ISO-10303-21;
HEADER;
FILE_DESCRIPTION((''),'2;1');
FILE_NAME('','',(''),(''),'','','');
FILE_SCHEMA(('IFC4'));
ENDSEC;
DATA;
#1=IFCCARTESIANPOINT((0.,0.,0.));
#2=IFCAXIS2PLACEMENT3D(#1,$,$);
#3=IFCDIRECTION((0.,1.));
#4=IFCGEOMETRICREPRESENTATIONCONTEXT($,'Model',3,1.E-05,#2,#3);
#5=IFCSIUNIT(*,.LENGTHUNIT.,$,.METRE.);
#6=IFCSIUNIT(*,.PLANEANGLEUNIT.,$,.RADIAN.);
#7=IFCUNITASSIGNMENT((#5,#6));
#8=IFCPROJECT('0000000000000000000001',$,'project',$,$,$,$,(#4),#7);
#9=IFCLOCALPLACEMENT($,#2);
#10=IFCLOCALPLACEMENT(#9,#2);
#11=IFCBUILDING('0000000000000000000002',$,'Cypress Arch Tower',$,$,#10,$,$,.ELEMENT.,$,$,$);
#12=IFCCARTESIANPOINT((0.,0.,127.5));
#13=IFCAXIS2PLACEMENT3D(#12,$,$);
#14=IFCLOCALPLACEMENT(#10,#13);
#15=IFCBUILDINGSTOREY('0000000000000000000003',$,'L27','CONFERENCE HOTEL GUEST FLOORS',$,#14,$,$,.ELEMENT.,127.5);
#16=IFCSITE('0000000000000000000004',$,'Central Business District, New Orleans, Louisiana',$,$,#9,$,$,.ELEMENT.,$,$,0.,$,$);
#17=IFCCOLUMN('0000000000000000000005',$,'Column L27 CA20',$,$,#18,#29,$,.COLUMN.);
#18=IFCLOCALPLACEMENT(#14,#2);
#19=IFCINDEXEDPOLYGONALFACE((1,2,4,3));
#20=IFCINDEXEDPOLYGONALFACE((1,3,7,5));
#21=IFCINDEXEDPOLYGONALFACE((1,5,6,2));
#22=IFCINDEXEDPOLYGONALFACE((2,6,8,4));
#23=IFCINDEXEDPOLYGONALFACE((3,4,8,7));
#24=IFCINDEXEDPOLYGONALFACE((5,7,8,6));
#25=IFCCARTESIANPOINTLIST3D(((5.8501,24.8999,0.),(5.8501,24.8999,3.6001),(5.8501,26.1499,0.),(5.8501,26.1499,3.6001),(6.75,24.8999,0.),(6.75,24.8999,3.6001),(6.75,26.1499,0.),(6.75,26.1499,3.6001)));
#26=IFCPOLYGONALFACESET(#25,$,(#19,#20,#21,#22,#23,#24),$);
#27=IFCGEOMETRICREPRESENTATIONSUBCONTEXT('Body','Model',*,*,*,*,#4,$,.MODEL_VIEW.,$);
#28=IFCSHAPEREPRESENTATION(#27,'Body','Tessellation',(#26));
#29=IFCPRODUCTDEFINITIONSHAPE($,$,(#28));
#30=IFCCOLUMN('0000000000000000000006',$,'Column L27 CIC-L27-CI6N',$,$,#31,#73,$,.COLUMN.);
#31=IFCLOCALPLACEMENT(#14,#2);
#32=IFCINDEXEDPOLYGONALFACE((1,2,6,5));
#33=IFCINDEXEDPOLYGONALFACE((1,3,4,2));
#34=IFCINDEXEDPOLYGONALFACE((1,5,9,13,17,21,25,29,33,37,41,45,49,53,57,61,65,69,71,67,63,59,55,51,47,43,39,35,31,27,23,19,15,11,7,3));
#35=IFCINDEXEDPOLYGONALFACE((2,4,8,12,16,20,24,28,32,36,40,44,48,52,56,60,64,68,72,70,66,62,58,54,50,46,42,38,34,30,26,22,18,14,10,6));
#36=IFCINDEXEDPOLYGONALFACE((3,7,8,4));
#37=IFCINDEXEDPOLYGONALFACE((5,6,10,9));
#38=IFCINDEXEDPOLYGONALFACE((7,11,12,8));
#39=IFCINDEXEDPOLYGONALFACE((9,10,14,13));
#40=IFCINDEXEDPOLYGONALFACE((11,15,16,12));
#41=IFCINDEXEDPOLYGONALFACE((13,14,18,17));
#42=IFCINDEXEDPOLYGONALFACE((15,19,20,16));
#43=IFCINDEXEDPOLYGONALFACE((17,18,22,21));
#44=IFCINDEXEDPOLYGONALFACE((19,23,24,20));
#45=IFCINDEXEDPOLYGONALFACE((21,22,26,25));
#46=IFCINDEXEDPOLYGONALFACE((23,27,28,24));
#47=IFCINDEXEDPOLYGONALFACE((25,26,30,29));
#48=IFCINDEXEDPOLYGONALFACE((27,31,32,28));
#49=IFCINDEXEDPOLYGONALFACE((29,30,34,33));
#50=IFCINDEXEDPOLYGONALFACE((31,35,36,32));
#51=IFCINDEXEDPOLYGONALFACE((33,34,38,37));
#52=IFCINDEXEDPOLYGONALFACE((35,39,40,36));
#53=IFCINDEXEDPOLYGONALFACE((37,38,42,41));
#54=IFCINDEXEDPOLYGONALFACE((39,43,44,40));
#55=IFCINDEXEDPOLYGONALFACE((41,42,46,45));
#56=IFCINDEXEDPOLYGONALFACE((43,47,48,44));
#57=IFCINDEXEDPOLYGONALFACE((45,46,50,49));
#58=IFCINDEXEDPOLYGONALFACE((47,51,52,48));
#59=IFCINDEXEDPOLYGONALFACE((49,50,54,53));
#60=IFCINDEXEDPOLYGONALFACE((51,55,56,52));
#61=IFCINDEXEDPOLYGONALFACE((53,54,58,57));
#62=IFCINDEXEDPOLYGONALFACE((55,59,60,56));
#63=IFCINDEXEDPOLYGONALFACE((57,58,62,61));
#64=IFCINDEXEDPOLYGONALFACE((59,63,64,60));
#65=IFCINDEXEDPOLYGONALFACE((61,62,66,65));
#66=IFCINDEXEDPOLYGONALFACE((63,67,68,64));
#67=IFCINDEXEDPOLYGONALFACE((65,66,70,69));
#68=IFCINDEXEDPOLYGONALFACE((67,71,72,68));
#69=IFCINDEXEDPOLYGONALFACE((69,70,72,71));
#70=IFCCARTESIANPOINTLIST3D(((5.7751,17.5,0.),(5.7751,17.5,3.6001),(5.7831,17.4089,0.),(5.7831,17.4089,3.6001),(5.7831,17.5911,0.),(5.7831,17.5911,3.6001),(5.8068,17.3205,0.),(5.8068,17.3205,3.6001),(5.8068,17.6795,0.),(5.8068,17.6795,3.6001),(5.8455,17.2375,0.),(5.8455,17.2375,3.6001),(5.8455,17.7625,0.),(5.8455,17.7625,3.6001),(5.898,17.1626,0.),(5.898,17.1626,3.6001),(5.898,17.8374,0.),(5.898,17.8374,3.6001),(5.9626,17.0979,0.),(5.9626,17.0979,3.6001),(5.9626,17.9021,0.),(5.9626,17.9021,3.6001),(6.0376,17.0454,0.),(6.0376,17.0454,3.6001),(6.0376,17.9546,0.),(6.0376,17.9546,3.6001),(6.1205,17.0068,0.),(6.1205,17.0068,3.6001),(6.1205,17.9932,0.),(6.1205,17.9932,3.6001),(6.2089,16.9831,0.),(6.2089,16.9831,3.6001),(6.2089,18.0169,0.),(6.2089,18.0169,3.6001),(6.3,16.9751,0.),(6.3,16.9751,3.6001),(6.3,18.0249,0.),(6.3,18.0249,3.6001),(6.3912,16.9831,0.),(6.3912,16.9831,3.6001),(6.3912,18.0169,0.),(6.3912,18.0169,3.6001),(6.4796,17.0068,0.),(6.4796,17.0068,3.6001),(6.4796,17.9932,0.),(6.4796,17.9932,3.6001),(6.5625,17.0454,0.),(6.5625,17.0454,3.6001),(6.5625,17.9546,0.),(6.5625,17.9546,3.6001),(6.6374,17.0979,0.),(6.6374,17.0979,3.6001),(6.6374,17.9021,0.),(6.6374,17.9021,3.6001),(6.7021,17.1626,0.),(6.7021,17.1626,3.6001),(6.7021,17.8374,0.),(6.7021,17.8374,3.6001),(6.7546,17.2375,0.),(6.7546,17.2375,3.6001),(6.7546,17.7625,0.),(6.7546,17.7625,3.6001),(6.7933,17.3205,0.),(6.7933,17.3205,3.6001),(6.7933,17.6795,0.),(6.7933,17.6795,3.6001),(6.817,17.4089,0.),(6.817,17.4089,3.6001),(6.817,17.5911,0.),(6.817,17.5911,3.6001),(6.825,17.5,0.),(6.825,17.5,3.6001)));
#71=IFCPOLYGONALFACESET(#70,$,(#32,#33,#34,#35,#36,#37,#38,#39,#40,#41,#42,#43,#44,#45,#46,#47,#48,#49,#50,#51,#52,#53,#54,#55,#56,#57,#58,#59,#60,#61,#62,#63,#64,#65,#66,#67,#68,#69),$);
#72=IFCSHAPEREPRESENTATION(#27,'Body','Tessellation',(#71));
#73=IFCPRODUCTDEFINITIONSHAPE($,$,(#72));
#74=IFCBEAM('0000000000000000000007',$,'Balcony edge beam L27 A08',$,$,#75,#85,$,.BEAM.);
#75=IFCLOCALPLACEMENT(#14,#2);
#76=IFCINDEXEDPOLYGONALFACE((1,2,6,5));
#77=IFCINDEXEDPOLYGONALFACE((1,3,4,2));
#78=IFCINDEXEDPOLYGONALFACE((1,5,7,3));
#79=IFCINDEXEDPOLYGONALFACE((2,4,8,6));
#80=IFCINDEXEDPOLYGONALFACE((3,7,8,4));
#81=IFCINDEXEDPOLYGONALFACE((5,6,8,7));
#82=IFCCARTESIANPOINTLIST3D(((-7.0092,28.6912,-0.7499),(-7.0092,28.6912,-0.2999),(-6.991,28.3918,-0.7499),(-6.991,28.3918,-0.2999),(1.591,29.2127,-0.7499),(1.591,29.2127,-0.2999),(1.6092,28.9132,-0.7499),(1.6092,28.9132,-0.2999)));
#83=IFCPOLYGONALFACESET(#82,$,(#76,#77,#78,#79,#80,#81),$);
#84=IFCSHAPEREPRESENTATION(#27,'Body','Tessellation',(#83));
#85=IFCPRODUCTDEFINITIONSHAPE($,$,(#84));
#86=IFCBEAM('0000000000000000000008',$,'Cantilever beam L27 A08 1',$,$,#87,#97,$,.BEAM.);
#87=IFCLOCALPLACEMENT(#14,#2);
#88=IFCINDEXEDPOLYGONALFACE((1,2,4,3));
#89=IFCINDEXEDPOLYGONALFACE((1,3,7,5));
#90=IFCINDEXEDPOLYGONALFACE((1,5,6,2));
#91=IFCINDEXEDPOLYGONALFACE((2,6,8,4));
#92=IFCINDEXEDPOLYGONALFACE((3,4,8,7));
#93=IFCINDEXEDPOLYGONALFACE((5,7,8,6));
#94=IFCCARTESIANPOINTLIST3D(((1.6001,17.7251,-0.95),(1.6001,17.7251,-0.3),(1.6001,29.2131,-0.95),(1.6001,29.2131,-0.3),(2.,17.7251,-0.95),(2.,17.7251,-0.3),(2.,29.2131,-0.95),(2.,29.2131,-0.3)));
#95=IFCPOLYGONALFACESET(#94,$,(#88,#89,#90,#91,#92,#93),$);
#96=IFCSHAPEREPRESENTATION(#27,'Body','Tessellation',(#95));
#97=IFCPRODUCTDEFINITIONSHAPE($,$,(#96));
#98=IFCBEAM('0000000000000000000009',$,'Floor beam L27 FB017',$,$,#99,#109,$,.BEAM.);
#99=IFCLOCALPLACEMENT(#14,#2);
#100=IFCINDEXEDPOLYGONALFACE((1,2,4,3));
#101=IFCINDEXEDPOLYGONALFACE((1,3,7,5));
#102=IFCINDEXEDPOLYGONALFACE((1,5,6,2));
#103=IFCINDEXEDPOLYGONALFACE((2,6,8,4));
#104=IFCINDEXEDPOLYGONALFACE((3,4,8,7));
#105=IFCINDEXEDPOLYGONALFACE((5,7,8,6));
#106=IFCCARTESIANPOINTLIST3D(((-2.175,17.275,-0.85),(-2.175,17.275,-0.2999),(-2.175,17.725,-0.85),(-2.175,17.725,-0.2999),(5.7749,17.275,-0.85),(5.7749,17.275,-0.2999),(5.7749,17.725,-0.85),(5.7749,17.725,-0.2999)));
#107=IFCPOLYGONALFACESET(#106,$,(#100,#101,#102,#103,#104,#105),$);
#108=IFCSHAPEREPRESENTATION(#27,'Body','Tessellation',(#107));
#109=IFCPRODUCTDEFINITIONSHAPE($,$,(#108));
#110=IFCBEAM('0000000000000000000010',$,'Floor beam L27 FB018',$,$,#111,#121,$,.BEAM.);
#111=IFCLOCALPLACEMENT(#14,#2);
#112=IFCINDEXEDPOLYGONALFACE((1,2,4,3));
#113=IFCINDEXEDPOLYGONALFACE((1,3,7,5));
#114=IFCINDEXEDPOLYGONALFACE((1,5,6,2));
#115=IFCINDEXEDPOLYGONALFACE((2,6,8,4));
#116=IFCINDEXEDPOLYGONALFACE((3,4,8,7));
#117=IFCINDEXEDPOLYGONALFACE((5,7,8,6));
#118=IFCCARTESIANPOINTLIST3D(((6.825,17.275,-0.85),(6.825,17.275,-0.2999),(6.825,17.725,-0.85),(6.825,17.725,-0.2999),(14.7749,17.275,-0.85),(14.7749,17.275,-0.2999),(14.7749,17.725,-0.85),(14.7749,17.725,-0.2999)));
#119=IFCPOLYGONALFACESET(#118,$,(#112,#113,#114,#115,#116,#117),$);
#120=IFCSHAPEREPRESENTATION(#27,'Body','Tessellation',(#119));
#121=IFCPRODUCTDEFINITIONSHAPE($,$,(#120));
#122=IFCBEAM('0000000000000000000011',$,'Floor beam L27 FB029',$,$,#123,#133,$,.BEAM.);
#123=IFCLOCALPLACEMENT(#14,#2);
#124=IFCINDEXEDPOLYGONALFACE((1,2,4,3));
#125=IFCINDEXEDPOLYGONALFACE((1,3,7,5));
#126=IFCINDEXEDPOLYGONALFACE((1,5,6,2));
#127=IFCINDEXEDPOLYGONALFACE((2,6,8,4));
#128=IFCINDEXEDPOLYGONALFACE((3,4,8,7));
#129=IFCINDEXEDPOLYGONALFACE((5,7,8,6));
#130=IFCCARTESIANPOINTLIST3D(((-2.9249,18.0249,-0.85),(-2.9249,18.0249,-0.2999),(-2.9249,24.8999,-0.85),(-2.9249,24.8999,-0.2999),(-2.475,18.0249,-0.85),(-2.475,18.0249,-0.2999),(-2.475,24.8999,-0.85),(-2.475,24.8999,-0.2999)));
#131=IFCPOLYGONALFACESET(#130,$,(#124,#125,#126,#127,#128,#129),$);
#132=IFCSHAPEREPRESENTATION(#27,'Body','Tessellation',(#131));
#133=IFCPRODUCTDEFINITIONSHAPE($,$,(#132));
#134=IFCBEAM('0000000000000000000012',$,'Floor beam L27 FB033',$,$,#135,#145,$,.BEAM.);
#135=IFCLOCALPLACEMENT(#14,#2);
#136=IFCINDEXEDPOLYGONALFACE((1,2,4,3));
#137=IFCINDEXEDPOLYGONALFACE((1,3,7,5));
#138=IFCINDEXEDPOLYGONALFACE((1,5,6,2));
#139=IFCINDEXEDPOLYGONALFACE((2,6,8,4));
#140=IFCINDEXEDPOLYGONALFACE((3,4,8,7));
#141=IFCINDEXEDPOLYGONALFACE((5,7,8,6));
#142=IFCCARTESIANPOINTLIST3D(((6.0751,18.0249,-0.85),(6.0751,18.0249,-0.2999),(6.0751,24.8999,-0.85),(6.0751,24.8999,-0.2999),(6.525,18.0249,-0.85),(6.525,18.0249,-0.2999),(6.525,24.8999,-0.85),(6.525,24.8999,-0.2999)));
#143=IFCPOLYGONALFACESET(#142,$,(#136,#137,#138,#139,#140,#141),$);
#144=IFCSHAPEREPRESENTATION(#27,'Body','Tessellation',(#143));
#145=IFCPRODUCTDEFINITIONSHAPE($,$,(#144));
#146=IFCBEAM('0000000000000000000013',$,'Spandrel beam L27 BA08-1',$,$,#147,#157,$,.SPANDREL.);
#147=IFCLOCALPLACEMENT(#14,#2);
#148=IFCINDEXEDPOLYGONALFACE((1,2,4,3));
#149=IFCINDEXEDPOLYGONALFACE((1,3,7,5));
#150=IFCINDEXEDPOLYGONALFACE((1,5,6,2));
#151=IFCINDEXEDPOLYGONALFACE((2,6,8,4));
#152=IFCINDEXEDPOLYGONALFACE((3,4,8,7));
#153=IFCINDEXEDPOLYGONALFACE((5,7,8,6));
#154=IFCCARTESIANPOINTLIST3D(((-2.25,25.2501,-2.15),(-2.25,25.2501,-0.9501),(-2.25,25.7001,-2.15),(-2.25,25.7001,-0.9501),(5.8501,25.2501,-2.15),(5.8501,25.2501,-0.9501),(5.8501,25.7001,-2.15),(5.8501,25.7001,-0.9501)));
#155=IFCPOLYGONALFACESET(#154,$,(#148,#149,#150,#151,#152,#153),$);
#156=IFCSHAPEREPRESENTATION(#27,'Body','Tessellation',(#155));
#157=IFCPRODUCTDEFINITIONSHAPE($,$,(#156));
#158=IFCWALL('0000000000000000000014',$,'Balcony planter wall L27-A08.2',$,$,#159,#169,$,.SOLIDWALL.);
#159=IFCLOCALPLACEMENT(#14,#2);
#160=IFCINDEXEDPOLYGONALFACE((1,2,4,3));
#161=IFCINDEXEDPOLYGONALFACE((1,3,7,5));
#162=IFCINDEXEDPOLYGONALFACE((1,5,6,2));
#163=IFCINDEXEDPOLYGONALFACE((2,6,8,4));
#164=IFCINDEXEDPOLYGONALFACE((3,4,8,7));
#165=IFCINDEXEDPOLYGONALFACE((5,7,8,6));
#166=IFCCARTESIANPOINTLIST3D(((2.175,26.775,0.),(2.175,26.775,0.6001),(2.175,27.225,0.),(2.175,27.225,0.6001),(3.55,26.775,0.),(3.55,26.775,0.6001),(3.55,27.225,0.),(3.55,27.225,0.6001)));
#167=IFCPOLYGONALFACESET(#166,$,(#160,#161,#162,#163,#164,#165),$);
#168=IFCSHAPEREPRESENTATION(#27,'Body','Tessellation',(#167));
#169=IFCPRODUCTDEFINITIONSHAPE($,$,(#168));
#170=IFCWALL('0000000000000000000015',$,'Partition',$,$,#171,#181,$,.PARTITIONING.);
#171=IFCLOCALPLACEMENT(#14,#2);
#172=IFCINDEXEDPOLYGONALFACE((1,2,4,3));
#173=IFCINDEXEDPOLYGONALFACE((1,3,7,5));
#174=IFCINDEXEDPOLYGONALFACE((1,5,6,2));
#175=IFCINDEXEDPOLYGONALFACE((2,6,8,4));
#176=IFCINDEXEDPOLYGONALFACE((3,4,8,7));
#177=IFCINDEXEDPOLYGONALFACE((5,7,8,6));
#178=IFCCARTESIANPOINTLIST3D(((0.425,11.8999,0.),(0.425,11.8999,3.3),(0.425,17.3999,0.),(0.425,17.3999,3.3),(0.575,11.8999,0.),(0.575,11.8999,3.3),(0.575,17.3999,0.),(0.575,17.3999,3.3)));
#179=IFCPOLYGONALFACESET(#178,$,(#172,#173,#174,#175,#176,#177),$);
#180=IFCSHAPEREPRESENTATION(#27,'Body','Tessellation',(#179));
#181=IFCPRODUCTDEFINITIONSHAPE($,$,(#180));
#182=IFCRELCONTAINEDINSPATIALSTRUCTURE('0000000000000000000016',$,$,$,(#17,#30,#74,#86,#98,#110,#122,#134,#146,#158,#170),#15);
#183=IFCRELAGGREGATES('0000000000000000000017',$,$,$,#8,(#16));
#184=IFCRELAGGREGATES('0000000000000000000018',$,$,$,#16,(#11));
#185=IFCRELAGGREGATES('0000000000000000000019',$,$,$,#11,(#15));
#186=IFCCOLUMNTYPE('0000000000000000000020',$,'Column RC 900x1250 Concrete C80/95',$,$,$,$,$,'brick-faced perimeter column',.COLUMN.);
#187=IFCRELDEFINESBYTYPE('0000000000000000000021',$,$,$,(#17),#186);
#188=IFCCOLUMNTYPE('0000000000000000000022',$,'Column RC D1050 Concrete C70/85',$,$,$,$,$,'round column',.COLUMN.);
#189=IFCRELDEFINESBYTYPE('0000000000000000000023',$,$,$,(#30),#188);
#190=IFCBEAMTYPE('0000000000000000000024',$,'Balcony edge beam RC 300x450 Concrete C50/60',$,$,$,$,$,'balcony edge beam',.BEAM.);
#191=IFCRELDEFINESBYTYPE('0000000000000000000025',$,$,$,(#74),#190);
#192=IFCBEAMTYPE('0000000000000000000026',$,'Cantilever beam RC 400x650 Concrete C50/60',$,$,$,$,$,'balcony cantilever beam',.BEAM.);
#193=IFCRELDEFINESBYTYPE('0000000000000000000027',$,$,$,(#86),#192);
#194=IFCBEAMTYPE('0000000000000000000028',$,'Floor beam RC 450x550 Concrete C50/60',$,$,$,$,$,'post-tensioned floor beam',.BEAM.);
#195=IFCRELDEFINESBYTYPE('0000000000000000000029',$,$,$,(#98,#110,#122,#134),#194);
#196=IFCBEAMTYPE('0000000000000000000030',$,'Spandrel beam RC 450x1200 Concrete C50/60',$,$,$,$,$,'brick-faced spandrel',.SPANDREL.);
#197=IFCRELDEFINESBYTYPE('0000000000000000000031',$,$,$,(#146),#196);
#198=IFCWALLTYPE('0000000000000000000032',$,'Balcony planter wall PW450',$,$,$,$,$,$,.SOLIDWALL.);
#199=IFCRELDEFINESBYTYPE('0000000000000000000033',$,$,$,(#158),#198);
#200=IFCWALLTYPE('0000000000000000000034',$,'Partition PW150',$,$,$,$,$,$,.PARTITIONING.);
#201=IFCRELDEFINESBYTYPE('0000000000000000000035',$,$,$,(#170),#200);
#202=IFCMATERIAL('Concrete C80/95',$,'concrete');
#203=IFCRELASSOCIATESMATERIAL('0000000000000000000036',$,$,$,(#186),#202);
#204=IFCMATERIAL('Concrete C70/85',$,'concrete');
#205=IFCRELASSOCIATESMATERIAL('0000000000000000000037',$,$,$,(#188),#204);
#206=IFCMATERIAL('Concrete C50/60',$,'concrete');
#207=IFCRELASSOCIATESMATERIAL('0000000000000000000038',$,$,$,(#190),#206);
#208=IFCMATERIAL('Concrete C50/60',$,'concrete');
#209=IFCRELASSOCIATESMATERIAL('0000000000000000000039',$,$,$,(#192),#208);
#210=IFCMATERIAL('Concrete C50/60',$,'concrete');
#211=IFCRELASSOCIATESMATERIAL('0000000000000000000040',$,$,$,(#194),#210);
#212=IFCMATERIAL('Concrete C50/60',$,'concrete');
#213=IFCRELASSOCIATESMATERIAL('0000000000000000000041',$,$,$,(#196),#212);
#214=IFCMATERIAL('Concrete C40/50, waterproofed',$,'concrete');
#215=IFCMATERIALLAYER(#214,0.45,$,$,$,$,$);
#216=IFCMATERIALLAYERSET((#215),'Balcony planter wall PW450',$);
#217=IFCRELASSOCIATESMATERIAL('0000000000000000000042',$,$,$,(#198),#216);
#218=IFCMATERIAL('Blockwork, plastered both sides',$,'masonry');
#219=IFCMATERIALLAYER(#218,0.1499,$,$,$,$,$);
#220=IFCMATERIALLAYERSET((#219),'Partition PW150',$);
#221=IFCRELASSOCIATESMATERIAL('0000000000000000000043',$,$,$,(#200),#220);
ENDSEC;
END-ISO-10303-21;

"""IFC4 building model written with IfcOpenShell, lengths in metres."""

from ifc_helpers import new_model, si_unit, direction, frame, frame_2d, origin, origin_2d, place, context, subcontext, project, spatial, rectangle, circle, extrude, material, layer, layer_set, material_profile, profile_set, type_object, element, save


model = new_model("IFC4")

# Units and contexts
model_context = context("Model", 3, precision=1e-05, world=origin(), true_north=direction((0.0, 1.0)))
body_context = subcontext(model_context, "Body", "Model", "MODEL_VIEW")
ifc_project = project(units=[si_unit("LENGTHUNIT", "METRE"), si_unit("PLANEANGLEUNIT", "RADIAN")], contexts=[model_context])

# Site, building, storey
site_placement = place(None, origin())
site = spatial("IfcSite", under=ifc_project, at=site_placement, Name="Central Business District, New Orleans, Louisiana", CompositionType="ELEMENT", RefElevation=0.0)
building_placement = place(site_placement, origin())
building = spatial("IfcBuilding", under=site, at=building_placement, Name="Cypress Arch Tower", CompositionType="ELEMENT")
storey_placement = place(building_placement, frame((0.0, 0.0, 127.5)))
storey = spatial("IfcBuildingStorey", under=building, at=storey_placement, Name="L27", Description="CONFERENCE HOTEL GUEST FLOORS", CompositionType="ELEMENT", Elevation=127.5)

# Columns
ifc_material_1 = material(Name="Concrete C80/95", Category="concrete")
ifc_material_profile_1 = material_profile(ifc_material_1, rectangle(XDim=0.8999, YDim=1.25, at=origin_2d()), Name="RC 900x1250")
ifc_profile_set_1 = profile_set([ifc_material_profile_1], Name="Concrete C80/95")
column_type_1 = type_object("IfcColumnType", Name="Column RC 900x1250 Concrete C80/95", ElementType="brick-faced perimeter column", PredefinedType="COLUMN", material=ifc_profile_set_1)
column_1_placement = place(storey_placement, frame((6.3, 25.5249, 0.0), z_axis=(0.0, 0.0, 1.0), x_axis=(-1.0, 0.0, 0.0)))
element("IfcColumn", 1, at=column_1_placement, inside=storey, type_object=column_type_1, Name="Column L27 CA20", PredefinedType="COLUMN", context=body_context, shape_type="SweptSolid", body=[
    extrude(rectangle(XDim=0.8999, YDim=1.25, at=origin_2d()), origin(), (0.0, 0.0, 1.0), 3.6001),
])
ifc_material_2 = material(Name="Concrete C70/85", Category="concrete")
ifc_material_profile_2 = material_profile(ifc_material_2, circle(Radius=0.5249, at=origin_2d()), Name="RC D1050")
ifc_profile_set_2 = profile_set([ifc_material_profile_2], Name="Concrete C70/85")
column_type_2 = type_object("IfcColumnType", Name="Column RC D1050 Concrete C70/85", ElementType="round column", PredefinedType="COLUMN", material=ifc_profile_set_2)
column_2_placement = place(storey_placement, frame((6.3, 17.5, 0.0), z_axis=(0.0, 0.0, 1.0), x_axis=(1.0, 0.0, 0.0)))
element("IfcColumn", 2, at=column_2_placement, inside=storey, type_object=column_type_2, Name="Column L27 CIC-L27-CI6N", PredefinedType="COLUMN", context=body_context, shape_type="SweptSolid", body=[
    extrude(circle(Radius=0.5249, at=origin_2d()), origin(), (0.0, 0.0, 1.0), 3.6001),
])

# Beams
ifc_material_3 = material(Name="Concrete C50/60", Category="concrete")
ifc_material_profile_3 = material_profile(ifc_material_3, rectangle(XDim=0.3, YDim=0.45, at=origin_2d()), Name="RC 300x450")
ifc_profile_set_3 = profile_set([ifc_material_profile_3], Name="Concrete C50/60")
beam_type_1 = type_object("IfcBeamType", Name="Balcony edge beam RC 300x450 Concrete C50/60", ElementType="balcony edge beam", PredefinedType="BEAM", material=ifc_profile_set_3)
beam_1_placement = place(storey_placement, frame((1.6001, 29.063, -0.5249), z_axis=(-0.998167, -0.060526, 0.0), x_axis=(0.060526, -0.998167, 0.0)))
element("IfcBeam", 3, at=beam_1_placement, inside=storey, type_object=beam_type_1, Name="Balcony edge beam L27 A08", PredefinedType="BEAM", context=body_context, shape_type="SweptSolid", body=[
    extrude(rectangle(XDim=0.3, YDim=0.45, at=origin_2d()), origin(), (0.0, 0.0, 1.0), 8.616),
])
ifc_material_4 = material(Name="Concrete C50/60", Category="concrete")
ifc_material_profile_4 = material_profile(ifc_material_4, rectangle(XDim=0.3999, YDim=0.6499, at=origin_2d()), Name="RC 400x650")
ifc_profile_set_4 = profile_set([ifc_material_profile_4], Name="Concrete C50/60")
beam_type_2 = type_object("IfcBeamType", Name="Cantilever beam RC 400x650 Concrete C50/60", ElementType="balcony cantilever beam", PredefinedType="BEAM", material=ifc_profile_set_4)
beam_2_placement = place(storey_placement, frame((1.8, 17.7251, -0.625), z_axis=(0.0, 1.0, 0.0), x_axis=(-1.0, 0.0, 0.0)))
element("IfcBeam", 4, at=beam_2_placement, inside=storey, type_object=beam_type_2, Name="Cantilever beam L27 A08 1", PredefinedType="BEAM", context=body_context, shape_type="SweptSolid", body=[
    extrude(rectangle(XDim=0.3999, YDim=0.6499, at=origin_2d()), origin(), (0.0, 0.0, 1.0), 11.488),
])
ifc_material_5 = material(Name="Concrete C50/60", Category="concrete")
ifc_material_profile_5 = material_profile(ifc_material_5, rectangle(XDim=0.45, YDim=0.55, at=origin_2d()), Name="RC 450x550")
ifc_profile_set_5 = profile_set([ifc_material_profile_5], Name="Concrete C50/60")
beam_type_3 = type_object("IfcBeamType", Name="Floor beam RC 450x550 Concrete C50/60", ElementType="post-tensioned floor beam", PredefinedType="BEAM", material=ifc_profile_set_5)
for number, where, z_axis, x_axis, name in (
    (5, (-2.175, 17.5, -0.575), (1.0, 0.0, 0.0), (0.0, 1.0, 0.0), "Floor beam L27 FB017"),
    (6, (6.825, 17.5, -0.575), (1.0, 0.0, 0.0), (0.0, 1.0, 0.0), "Floor beam L27 FB018"),
):
    element("IfcBeam", number, at=place(storey_placement, frame(where, z_axis=z_axis, x_axis=x_axis)), inside=storey, type_object=beam_type_3, Name=name, PredefinedType="BEAM", context=body_context, shape_type="SweptSolid", body=[
        extrude(rectangle(XDim=0.45, YDim=0.55, at=origin_2d()), origin(), (0.0, 0.0, 1.0), 7.95),
    ])
for number, where, z_axis, x_axis, name in (
    (7, (-2.7, 18.0249, -0.575), (0.0, 1.0, 0.0), (-1.0, 0.0, 0.0), "Floor beam L27 FB029"),
    (8, (6.3, 18.0249, -0.575), (0.0, 1.0, 0.0), (-1.0, 0.0, 0.0), "Floor beam L27 FB033"),
):
    element("IfcBeam", number, at=place(storey_placement, frame(where, z_axis=z_axis, x_axis=x_axis)), inside=storey, type_object=beam_type_3, Name=name, PredefinedType="BEAM", context=body_context, shape_type="SweptSolid", body=[
        extrude(rectangle(XDim=0.45, YDim=0.55, at=origin_2d()), origin(), (0.0, 0.0, 1.0), 6.875),
    ])
ifc_material_6 = material(Name="Concrete C50/60", Category="concrete")
ifc_material_profile_6 = material_profile(ifc_material_6, rectangle(XDim=0.45, YDim=1.2, at=origin_2d()), Name="RC 450x1200")
ifc_profile_set_6 = profile_set([ifc_material_profile_6], Name="Concrete C50/60")
beam_type_4 = type_object("IfcBeamType", Name="Spandrel beam RC 450x1200 Concrete C50/60", ElementType="brick-faced spandrel", PredefinedType="SPANDREL", material=ifc_profile_set_6)
beam_3_placement = place(storey_placement, frame((5.8501, 25.4751, -1.55), z_axis=(-1.0, 0.0, 0.0), x_axis=(0.0, -1.0, 0.0)))
element("IfcBeam", 9, at=beam_3_placement, inside=storey, type_object=beam_type_4, Name="Spandrel beam L27 BA08-1", PredefinedType="SPANDREL", context=body_context, shape_type="SweptSolid", body=[
    extrude(rectangle(XDim=0.45, YDim=1.2, at=origin_2d()), origin(), (0.0, 0.0, 1.0), 8.1001),
])

# Wall
ifc_material_7 = material(Name="Concrete C40/50, waterproofed", Category="concrete")
ifc_layer_1 = layer(ifc_material_7, 0.45)
ifc_layer_set_1 = layer_set([ifc_layer_1], Name="Balcony planter wall PW450")
wall_type_1 = type_object("IfcWallType", Name="Balcony planter wall PW450", PredefinedType="SOLIDWALL", material=ifc_layer_set_1)
wall_1_placement = place(storey_placement, frame((3.55, 27.0, 0.0), z_axis=(0.0, 0.0, 1.0), x_axis=(-1.0, 0.0, 0.0)))
element("IfcWall", 10, at=wall_1_placement, inside=storey, type_object=wall_type_1, Name="Balcony planter wall L27-A08.2", PredefinedType="SOLIDWALL", context=body_context, shape_type="SweptSolid", body=[
    extrude(rectangle(XDim=1.375, YDim=0.45, at=frame_2d((0.6875, 0.0))), origin(), (0.0, 0.0, 1.0), 0.6001),
])

# Wall
ifc_material_8 = material(Name="Blockwork, plastered both sides", Category="masonry")
ifc_layer_2 = layer(ifc_material_8, 0.1499)
ifc_layer_set_2 = layer_set([ifc_layer_2], Name="Partition PW150")
wall_type_2 = type_object("IfcWallType", Name="Partition PW150", PredefinedType="PARTITIONING", material=ifc_layer_set_2)
wall_2_placement = place(storey_placement, frame((0.5, 11.8999, 0.0), z_axis=(0.0, 0.0, 1.0), x_axis=(0.0, 1.0, 0.0)))
element("IfcWall", 11, at=wall_2_placement, inside=storey, type_object=wall_type_2, Name="Partition", PredefinedType="PARTITIONING", context=body_context, shape_type="SweptSolid", body=[
    extrude(rectangle(XDim=5.5, YDim=0.1499, at=frame_2d((2.75, 0.0))), origin(), (0.0, 0.0, 1.0), 3.3),
])

save(model, "model.ifc")
